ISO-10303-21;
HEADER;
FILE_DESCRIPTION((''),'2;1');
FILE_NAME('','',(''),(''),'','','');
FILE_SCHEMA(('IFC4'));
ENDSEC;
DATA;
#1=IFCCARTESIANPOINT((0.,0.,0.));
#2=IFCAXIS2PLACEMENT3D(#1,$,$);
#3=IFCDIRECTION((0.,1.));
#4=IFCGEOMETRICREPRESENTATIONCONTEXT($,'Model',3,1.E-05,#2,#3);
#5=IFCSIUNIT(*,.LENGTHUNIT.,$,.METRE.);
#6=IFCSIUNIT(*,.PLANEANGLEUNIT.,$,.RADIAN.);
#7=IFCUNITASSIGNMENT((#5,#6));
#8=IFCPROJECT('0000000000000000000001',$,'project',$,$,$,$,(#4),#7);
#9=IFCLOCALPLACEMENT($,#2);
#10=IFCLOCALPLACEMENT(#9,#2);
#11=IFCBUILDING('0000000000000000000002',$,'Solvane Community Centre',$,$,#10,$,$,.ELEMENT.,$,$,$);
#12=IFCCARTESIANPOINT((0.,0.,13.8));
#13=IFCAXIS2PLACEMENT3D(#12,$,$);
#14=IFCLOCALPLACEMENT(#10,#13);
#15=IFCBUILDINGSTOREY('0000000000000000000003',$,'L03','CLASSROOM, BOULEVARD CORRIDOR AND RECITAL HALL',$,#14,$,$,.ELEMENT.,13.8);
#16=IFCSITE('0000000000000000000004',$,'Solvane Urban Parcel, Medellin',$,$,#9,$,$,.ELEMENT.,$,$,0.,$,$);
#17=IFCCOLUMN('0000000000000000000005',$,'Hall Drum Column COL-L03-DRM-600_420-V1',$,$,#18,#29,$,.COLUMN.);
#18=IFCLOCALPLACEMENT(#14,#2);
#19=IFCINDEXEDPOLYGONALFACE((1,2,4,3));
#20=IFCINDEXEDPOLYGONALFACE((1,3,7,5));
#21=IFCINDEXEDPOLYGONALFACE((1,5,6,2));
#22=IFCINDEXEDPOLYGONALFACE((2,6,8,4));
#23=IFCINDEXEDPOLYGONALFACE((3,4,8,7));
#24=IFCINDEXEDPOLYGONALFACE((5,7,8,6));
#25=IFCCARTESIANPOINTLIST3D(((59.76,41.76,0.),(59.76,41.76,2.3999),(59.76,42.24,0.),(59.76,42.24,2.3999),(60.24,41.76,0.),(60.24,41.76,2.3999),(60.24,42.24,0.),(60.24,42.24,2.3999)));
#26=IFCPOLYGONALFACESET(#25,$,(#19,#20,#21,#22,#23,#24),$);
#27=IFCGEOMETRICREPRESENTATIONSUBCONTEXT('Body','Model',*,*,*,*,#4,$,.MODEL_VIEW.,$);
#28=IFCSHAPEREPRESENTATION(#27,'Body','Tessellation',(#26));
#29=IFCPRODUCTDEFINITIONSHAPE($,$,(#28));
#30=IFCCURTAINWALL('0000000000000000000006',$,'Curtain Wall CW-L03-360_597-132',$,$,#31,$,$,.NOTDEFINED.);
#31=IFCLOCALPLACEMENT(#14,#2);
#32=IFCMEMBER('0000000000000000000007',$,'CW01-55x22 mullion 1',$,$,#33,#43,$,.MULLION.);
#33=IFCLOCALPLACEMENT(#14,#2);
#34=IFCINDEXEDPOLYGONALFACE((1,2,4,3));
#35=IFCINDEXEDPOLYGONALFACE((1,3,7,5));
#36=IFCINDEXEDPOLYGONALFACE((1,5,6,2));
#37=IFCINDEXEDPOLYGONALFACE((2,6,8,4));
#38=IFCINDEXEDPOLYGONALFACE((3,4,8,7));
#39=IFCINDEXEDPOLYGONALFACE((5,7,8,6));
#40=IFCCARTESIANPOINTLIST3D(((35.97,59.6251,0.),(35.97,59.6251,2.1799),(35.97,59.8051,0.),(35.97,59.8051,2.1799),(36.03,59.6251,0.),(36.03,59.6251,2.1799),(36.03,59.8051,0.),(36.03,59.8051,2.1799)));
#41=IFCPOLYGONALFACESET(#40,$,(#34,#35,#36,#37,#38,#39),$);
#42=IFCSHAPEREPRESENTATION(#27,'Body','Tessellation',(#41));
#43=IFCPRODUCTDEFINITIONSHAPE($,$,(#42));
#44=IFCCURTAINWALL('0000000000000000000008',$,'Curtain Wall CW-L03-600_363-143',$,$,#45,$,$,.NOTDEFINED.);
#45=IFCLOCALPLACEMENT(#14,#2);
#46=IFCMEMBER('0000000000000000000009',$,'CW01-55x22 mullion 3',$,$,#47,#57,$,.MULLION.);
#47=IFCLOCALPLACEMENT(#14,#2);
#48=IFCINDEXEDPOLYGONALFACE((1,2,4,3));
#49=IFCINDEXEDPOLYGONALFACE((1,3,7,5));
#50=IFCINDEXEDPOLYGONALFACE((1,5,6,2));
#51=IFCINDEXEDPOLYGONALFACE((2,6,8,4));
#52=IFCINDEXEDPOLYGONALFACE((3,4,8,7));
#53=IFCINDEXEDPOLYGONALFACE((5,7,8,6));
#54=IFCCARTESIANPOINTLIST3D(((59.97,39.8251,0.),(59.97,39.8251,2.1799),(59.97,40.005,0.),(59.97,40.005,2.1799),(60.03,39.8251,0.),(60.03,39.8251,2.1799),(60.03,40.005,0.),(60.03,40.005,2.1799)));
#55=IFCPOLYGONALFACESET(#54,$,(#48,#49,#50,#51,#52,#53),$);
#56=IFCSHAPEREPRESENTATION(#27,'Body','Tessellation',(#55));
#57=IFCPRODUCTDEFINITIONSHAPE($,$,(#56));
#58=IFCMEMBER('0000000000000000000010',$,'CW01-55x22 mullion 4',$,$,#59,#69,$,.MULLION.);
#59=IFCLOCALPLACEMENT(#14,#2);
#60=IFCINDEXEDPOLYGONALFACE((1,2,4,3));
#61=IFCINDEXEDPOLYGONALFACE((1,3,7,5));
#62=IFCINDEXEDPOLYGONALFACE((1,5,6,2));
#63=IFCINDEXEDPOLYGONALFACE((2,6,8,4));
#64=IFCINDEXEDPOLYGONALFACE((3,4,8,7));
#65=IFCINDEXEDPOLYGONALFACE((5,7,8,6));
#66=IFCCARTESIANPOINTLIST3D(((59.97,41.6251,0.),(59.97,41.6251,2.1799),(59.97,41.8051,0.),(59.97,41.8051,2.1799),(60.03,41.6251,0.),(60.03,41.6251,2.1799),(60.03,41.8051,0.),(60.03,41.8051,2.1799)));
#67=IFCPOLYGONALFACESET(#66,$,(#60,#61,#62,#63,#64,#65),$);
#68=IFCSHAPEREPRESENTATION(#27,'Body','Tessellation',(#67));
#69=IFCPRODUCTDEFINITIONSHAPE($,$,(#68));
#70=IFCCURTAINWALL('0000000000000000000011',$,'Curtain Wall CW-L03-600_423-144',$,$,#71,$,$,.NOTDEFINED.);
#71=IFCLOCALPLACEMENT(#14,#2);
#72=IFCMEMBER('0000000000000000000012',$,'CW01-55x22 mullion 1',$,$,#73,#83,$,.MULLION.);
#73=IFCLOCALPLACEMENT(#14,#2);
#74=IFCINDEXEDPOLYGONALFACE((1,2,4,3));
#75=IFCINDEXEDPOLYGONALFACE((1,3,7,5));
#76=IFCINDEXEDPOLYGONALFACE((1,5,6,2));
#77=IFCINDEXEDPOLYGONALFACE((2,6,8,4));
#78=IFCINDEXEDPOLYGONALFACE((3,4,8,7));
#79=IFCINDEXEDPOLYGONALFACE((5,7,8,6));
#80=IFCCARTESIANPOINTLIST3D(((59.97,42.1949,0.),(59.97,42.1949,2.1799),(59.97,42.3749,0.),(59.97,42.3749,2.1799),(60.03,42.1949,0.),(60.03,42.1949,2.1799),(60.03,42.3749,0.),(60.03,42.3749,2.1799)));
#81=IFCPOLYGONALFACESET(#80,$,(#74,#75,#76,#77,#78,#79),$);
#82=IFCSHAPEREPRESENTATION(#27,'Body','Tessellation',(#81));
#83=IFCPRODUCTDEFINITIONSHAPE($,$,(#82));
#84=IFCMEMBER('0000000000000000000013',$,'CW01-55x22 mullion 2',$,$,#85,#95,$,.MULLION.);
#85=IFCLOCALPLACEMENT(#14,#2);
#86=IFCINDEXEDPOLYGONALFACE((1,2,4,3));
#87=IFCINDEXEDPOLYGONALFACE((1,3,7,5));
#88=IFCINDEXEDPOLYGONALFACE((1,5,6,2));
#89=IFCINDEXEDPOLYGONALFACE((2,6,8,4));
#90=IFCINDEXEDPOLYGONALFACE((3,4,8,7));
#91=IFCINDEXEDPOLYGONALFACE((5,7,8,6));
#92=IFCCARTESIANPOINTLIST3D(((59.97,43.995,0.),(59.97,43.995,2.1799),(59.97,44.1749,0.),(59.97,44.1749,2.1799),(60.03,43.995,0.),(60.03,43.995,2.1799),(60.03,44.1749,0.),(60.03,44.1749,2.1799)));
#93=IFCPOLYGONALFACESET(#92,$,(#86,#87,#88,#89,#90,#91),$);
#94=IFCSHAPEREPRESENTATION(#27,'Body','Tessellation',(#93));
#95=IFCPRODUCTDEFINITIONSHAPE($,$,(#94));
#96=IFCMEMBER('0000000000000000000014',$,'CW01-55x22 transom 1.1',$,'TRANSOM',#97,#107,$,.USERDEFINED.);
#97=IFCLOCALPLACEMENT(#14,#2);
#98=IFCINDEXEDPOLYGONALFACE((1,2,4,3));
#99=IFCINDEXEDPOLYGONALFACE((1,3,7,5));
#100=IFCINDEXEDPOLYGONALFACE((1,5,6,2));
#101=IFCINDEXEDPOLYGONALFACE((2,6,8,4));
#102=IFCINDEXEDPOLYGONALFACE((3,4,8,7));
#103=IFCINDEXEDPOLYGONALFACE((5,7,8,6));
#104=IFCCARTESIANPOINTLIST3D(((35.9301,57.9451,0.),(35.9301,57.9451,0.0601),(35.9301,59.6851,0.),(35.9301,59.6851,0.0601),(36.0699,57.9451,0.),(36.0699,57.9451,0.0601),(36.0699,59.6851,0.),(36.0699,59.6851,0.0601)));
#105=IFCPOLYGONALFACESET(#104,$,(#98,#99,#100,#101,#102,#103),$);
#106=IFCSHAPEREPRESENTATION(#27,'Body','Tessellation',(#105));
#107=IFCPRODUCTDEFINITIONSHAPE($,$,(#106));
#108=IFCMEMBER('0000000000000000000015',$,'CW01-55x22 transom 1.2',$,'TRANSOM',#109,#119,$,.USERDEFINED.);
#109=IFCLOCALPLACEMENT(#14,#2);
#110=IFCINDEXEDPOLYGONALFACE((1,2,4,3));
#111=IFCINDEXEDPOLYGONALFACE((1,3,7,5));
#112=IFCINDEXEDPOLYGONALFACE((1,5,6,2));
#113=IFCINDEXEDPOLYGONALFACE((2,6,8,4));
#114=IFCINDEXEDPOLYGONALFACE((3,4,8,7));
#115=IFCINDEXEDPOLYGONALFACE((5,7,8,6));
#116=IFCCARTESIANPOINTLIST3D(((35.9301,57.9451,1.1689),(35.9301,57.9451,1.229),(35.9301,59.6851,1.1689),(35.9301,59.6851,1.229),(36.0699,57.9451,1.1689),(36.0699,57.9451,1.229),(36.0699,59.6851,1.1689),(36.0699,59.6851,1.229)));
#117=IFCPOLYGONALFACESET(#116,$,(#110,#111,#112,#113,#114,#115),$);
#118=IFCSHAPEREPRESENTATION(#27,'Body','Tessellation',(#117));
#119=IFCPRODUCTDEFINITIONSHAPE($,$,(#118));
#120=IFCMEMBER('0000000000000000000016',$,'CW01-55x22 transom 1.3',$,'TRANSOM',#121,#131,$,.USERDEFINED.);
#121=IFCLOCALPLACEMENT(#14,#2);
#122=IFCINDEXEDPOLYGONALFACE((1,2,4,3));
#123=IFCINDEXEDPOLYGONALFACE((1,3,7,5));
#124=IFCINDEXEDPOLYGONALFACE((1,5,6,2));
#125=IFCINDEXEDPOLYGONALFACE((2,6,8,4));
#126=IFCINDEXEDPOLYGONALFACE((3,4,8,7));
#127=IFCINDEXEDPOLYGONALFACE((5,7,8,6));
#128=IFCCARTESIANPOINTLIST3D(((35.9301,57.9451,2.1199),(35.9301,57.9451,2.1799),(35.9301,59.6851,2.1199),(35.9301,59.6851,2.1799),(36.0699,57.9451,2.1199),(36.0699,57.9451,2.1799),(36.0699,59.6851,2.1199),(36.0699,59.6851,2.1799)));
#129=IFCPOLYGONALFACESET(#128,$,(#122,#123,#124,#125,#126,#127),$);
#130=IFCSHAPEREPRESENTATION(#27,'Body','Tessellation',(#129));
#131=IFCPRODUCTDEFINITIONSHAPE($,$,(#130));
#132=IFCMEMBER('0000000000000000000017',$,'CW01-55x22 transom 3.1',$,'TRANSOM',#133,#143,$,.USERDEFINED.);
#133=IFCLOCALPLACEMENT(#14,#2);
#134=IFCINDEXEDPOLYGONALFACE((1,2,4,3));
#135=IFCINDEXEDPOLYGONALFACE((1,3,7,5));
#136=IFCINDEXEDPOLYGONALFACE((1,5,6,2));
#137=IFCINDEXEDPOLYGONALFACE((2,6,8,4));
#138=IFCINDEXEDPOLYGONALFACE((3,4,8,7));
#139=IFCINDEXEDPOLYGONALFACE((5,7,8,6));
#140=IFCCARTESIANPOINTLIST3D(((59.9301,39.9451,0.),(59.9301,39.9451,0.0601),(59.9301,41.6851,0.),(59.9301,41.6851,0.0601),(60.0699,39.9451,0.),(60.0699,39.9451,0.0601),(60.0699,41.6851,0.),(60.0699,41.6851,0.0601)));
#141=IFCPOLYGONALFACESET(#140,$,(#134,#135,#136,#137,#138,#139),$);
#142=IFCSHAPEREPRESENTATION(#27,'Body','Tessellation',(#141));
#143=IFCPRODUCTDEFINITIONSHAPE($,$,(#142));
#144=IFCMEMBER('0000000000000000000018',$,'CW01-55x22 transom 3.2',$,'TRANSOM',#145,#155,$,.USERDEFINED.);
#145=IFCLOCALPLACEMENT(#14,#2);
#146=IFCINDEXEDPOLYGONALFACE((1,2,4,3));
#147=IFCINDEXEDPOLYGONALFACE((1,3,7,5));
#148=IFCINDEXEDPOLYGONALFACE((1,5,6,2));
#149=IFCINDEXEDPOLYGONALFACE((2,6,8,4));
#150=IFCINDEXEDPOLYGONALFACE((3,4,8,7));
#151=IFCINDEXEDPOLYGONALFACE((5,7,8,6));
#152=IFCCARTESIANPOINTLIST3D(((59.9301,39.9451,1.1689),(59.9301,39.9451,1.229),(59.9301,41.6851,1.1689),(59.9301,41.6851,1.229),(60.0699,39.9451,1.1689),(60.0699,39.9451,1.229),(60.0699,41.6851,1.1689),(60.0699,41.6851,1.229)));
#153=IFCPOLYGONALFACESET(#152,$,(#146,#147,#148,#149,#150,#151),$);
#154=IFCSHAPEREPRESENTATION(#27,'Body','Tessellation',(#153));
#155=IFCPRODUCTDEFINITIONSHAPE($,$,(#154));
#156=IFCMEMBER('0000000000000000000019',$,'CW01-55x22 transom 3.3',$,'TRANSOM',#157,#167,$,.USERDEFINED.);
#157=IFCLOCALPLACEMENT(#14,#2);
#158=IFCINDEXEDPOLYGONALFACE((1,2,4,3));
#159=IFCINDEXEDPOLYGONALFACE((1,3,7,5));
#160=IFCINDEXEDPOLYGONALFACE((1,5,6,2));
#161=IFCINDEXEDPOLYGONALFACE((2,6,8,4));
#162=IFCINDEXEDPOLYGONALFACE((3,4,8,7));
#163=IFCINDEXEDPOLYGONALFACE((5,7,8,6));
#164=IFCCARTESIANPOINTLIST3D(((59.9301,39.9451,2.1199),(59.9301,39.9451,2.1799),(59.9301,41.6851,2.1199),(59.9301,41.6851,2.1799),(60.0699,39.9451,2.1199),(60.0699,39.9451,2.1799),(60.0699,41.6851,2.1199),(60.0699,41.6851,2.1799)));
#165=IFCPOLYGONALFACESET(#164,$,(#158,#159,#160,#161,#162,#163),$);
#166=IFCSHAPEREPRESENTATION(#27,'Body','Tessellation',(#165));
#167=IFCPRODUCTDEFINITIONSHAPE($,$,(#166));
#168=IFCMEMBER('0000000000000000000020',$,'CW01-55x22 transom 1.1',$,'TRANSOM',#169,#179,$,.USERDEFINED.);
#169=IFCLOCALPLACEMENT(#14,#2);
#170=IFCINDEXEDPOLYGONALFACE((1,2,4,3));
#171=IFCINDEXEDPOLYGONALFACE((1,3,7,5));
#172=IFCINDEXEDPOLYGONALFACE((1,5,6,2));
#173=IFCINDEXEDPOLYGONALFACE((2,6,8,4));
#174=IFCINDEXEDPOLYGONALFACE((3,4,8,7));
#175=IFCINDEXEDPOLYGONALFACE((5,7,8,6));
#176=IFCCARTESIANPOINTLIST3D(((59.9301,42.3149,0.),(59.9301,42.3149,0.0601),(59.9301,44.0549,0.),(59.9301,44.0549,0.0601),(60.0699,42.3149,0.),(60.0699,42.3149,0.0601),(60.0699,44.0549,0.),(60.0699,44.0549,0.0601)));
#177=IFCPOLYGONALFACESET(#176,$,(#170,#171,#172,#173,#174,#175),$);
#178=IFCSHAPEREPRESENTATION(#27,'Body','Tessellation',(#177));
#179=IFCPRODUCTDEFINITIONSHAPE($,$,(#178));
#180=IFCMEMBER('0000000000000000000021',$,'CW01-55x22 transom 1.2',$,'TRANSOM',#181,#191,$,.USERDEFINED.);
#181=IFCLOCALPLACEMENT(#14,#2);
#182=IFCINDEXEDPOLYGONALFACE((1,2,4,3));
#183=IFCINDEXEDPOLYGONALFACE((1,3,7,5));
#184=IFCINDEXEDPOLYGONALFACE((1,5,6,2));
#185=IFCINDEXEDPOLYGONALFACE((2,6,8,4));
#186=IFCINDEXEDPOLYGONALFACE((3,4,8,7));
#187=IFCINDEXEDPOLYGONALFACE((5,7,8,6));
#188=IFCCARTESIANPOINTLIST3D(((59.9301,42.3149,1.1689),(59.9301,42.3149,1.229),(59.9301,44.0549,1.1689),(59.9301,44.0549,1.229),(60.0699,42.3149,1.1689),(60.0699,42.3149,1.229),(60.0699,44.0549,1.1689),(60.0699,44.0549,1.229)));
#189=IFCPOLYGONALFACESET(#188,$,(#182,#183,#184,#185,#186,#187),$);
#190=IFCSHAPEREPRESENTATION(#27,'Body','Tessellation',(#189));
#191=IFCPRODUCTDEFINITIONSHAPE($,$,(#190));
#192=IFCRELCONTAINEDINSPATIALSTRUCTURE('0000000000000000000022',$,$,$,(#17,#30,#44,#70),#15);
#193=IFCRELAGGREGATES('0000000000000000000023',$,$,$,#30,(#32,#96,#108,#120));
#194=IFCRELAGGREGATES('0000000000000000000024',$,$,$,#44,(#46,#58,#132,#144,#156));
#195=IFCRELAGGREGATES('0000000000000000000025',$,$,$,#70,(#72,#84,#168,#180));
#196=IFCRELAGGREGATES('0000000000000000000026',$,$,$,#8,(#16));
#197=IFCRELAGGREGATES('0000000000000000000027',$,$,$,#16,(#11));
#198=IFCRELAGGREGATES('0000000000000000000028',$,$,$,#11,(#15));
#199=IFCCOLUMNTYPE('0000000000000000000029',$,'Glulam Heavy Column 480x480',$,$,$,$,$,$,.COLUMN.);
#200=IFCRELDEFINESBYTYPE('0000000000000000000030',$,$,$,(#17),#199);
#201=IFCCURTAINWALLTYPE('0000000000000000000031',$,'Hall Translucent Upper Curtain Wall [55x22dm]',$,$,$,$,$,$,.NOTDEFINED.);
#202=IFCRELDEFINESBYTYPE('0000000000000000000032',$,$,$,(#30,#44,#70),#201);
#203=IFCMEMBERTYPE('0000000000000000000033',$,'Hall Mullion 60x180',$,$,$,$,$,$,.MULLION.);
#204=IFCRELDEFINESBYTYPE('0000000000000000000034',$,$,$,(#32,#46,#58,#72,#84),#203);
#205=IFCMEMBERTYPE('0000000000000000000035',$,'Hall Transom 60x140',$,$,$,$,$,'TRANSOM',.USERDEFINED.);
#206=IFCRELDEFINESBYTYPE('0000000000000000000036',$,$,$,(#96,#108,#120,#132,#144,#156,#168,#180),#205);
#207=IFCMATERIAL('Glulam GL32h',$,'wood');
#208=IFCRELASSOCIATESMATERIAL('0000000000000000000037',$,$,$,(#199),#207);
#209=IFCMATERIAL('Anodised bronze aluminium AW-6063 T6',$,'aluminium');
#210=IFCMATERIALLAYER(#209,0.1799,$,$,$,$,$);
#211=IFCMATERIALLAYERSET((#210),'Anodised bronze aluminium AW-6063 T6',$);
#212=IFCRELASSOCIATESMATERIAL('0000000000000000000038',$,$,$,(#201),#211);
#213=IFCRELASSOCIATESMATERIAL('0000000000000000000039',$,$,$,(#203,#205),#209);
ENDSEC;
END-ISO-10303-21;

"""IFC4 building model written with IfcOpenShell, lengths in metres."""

from ifc_helpers import new_model, si_unit, direction, frame, origin, origin_2d, place, context, subcontext, project, spatial, rectangle, extrude, material, layer, layer_set, material_profile, profile_set, type_object, element, aggregate, save


model = new_model("IFC4")

# Units and contexts
model_context = context("Model", 3, precision=1e-05, world=origin(), true_north=direction((0.0, 1.0)))
body_context = subcontext(model_context, "Body", "Model", "MODEL_VIEW")
ifc_project = project(units=[si_unit("LENGTHUNIT", "METRE"), si_unit("PLANEANGLEUNIT", "RADIAN")], contexts=[model_context])

# Site, building, storey
site_placement = place(None, origin())
site = spatial("IfcSite", under=ifc_project, at=site_placement, Name="Solvane Urban Parcel, Medellin", CompositionType="ELEMENT", RefElevation=0.0)
building_placement = place(site_placement, origin())
building = spatial("IfcBuilding", under=site, at=building_placement, Name="Solvane Community Centre", CompositionType="ELEMENT")
storey_placement = place(building_placement, frame((0.0, 0.0, 13.8)))
storey = spatial("IfcBuildingStorey", under=building, at=storey_placement, Name="L03", Description="CLASSROOM, BOULEVARD CORRIDOR AND RECITAL HALL", CompositionType="ELEMENT", Elevation=13.8)

# Column
ifc_material_1 = material(Name="Glulam GL32h", Category="wood")
ifc_material_profile_1 = material_profile(ifc_material_1, rectangle(XDim=0.48, YDim=0.48, at=origin_2d()), Name="GL32h 480x480")
ifc_profile_set_1 = profile_set([ifc_material_profile_1], Name="Glulam GL32h")
column_type = type_object("IfcColumnType", Name="Glulam Heavy Column 480x480", PredefinedType="COLUMN", material=ifc_profile_set_1)
column_placement = place(storey_placement, frame((60.0, 42.0, 0.0), z_axis=(0.0, 0.0, 1.0), x_axis=(1.0, 0.0, 0.0)))
element("IfcColumn", 1, at=column_placement, inside=storey, type_object=column_type, Name="Hall Drum Column COL-L03-DRM-600_420-V1", PredefinedType="COLUMN", context=body_context, shape_type="SweptSolid", body=[
    extrude(rectangle(XDim=0.48, YDim=0.48, at=origin_2d()), origin(), (0.0, 0.0, 1.0), 2.3999),
])

# Curtain wall, member
ifc_material_2 = material(Name="Anodised bronze aluminium AW-6063 T6", Category="aluminium")
ifc_layer_1 = layer(ifc_material_2, 0.1799)
ifc_layer_set_1 = layer_set([ifc_layer_1], Name="Anodised bronze aluminium AW-6063 T6")
curtain_wall_type = type_object("IfcCurtainWallType", Name="Hall Translucent Upper Curtain Wall [55x22dm]", PredefinedType="NOTDEFINED", material=ifc_layer_set_1)
curtain_wall_1_placement = place(storey_placement, origin())
curtain_wall_1 = element("IfcCurtainWall", 2, at=curtain_wall_1_placement, inside=storey, type_object=curtain_wall_type, Name="Curtain Wall CW-L03-360_597-132", PredefinedType="NOTDEFINED")
ifc_material_profile_2 = material_profile(ifc_material_2, rectangle(XDim=0.0601, YDim=0.1799, at=origin_2d()), Name="CW-M 60x180")
ifc_profile_set_2 = profile_set([ifc_material_profile_2], Name="Anodised bronze aluminium AW-6063 T6")
member_type_1 = type_object("IfcMemberType", Name="Hall Mullion 60x180", PredefinedType="MULLION", material=ifc_profile_set_2)
member_1_placement = place(storey_placement, frame((36.0, 59.7151, 0.0), z_axis=(0.0, 0.0, 1.0), x_axis=(1.0, 0.0, 0.0)))
member_1 = element("IfcMember", 3, at=member_1_placement, type_object=member_type_1, Name="CW01-55x22 mullion 1", PredefinedType="MULLION", context=body_context, shape_type="SweptSolid", body=[
    extrude(rectangle(XDim=0.0601, YDim=0.1799, at=origin_2d()), origin(), (0.0, 0.0, 1.0), 2.1799),
])

# Curtain walls, members
curtain_wall_2_placement = place(storey_placement, origin())
curtain_wall_2 = element("IfcCurtainWall", 4, at=curtain_wall_2_placement, inside=storey, type_object=curtain_wall_type, Name="Curtain Wall CW-L03-600_363-143", PredefinedType="NOTDEFINED")
member_2_placement = place(storey_placement, frame((60.0, 39.915, 0.0), z_axis=(0.0, 0.0, 1.0), x_axis=(-1.0, 0.0, 0.0)))
member_2 = element("IfcMember", 5, at=member_2_placement, type_object=member_type_1, Name="CW01-55x22 mullion 3", PredefinedType="MULLION", context=body_context, shape_type="SweptSolid", body=[
    extrude(rectangle(XDim=0.0601, YDim=0.1799, at=origin_2d()), origin(), (0.0, 0.0, 1.0), 2.1799),
])
member_3_placement = place(storey_placement, frame((60.0, 41.7151, 0.0), z_axis=(0.0, 0.0, 1.0), x_axis=(-1.0, 0.0, 0.0)))
member_3 = element("IfcMember", 6, at=member_3_placement, type_object=member_type_1, Name="CW01-55x22 mullion 4", PredefinedType="MULLION", context=body_context, shape_type="SweptSolid", body=[
    extrude(rectangle(XDim=0.0601, YDim=0.1799, at=origin_2d()), origin(), (0.0, 0.0, 1.0), 2.1799),
])
curtain_wall_3_placement = place(storey_placement, origin())
curtain_wall_3 = element("IfcCurtainWall", 7, at=curtain_wall_3_placement, inside=storey, type_object=curtain_wall_type, Name="Curtain Wall CW-L03-600_423-144", PredefinedType="NOTDEFINED")
member_4_placement = place(storey_placement, frame((60.0, 42.2849, 0.0), z_axis=(0.0, 0.0, 1.0), x_axis=(-1.0, 0.0, 0.0)))
member_4 = element("IfcMember", 8, at=member_4_placement, type_object=member_type_1, Name="CW01-55x22 mullion 1", PredefinedType="MULLION", context=body_context, shape_type="SweptSolid", body=[
    extrude(rectangle(XDim=0.0601, YDim=0.1799, at=origin_2d()), origin(), (0.0, 0.0, 1.0), 2.1799),
])
member_5_placement = place(storey_placement, frame((60.0, 44.085, 0.0), z_axis=(0.0, 0.0, 1.0), x_axis=(-1.0, 0.0, 0.0)))
member_5 = element("IfcMember", 9, at=member_5_placement, type_object=member_type_1, Name="CW01-55x22 mullion 2", PredefinedType="MULLION", context=body_context, shape_type="SweptSolid", body=[
    extrude(rectangle(XDim=0.0601, YDim=0.1799, at=origin_2d()), origin(), (0.0, 0.0, 1.0), 2.1799),
])

# Members
ifc_material_profile_3 = material_profile(ifc_material_2, rectangle(XDim=0.1399, YDim=0.0601, at=origin_2d()), Name="CW-T 60x140")
ifc_profile_set_3 = profile_set([ifc_material_profile_3], Name="Anodised bronze aluminium AW-6063 T6")
member_type_2 = type_object("IfcMemberType", Name="Hall Transom 60x140", ElementType="TRANSOM", PredefinedType="USERDEFINED", material=ifc_profile_set_3)
member_6_placement = place(storey_placement, frame((36.0, 59.6851, 0.03), z_axis=(0.0, -1.0, 0.0), x_axis=(1.0, 0.0, 0.0)))
member_6 = element("IfcMember", 10, at=member_6_placement, type_object=member_type_2, Name="CW01-55x22 transom 1.1", ObjectType="TRANSOM", PredefinedType="USERDEFINED", context=body_context, shape_type="SweptSolid", body=[
    extrude(rectangle(XDim=0.1399, YDim=0.0601, at=origin_2d()), origin(), (0.0, 0.0, 1.0), 1.74),
])
member_7_placement = place(storey_placement, frame((36.0, 59.6851, 1.199), z_axis=(0.0, -1.0, 0.0), x_axis=(1.0, 0.0, 0.0)))
member_7 = element("IfcMember", 11, at=member_7_placement, type_object=member_type_2, Name="CW01-55x22 transom 1.2", ObjectType="TRANSOM", PredefinedType="USERDEFINED", context=body_context, shape_type="SweptSolid", body=[
    extrude(rectangle(XDim=0.1399, YDim=0.0601, at=origin_2d()), origin(), (0.0, 0.0, 1.0), 1.74),
])
member_8_placement = place(storey_placement, frame((36.0, 59.6851, 2.1499), z_axis=(0.0, -1.0, 0.0), x_axis=(1.0, 0.0, 0.0)))
member_8 = element("IfcMember", 12, at=member_8_placement, type_object=member_type_2, Name="CW01-55x22 transom 1.3", ObjectType="TRANSOM", PredefinedType="USERDEFINED", context=body_context, shape_type="SweptSolid", body=[
    extrude(rectangle(XDim=0.1399, YDim=0.0601, at=origin_2d()), origin(), (0.0, 0.0, 1.0), 1.74),
])
member_9_placement = place(storey_placement, frame((60.0, 39.9451, 0.03), z_axis=(0.0, 1.0, 0.0), x_axis=(-1.0, 0.0, 0.0)))
member_9 = element("IfcMember", 13, at=member_9_placement, type_object=member_type_2, Name="CW01-55x22 transom 3.1", ObjectType="TRANSOM", PredefinedType="USERDEFINED", context=body_context, shape_type="SweptSolid", body=[
    extrude(rectangle(XDim=0.1399, YDim=0.0601, at=origin_2d()), origin(), (0.0, 0.0, 1.0), 1.74),
])
member_10_placement = place(storey_placement, frame((60.0, 39.9451, 1.199), z_axis=(0.0, 1.0, 0.0), x_axis=(-1.0, 0.0, 0.0)))
member_10 = element("IfcMember", 14, at=member_10_placement, type_object=member_type_2, Name="CW01-55x22 transom 3.2", ObjectType="TRANSOM", PredefinedType="USERDEFINED", context=body_context, shape_type="SweptSolid", body=[
    extrude(rectangle(XDim=0.1399, YDim=0.0601, at=origin_2d()), origin(), (0.0, 0.0, 1.0), 1.74),
])
member_11_placement = place(storey_placement, frame((60.0, 39.9451, 2.1499), z_axis=(0.0, 1.0, 0.0), x_axis=(-1.0, 0.0, 0.0)))
member_11 = element("IfcMember", 15, at=member_11_placement, type_object=member_type_2, Name="CW01-55x22 transom 3.3", ObjectType="TRANSOM", PredefinedType="USERDEFINED", context=body_context, shape_type="SweptSolid", body=[
    extrude(rectangle(XDim=0.1399, YDim=0.0601, at=origin_2d()), origin(), (0.0, 0.0, 1.0), 1.74),
])
member_12_placement = place(storey_placement, frame((60.0, 42.3149, 0.03), z_axis=(0.0, 1.0, 0.0), x_axis=(-1.0, 0.0, 0.0)))
member_12 = element("IfcMember", 16, at=member_12_placement, type_object=member_type_2, Name="CW01-55x22 transom 1.1", ObjectType="TRANSOM", PredefinedType="USERDEFINED", context=body_context, shape_type="SweptSolid", body=[
    extrude(rectangle(XDim=0.1399, YDim=0.0601, at=origin_2d()), origin(), (0.0, 0.0, 1.0), 1.74),
])
member_13_placement = place(storey_placement, frame((60.0, 42.3149, 1.199), z_axis=(0.0, 1.0, 0.0), x_axis=(-1.0, 0.0, 0.0)))
member_13 = element("IfcMember", 17, at=member_13_placement, type_object=member_type_2, Name="CW01-55x22 transom 1.2", ObjectType="TRANSOM", PredefinedType="USERDEFINED", context=body_context, shape_type="SweptSolid", body=[
    extrude(rectangle(XDim=0.1399, YDim=0.0601, at=origin_2d()), origin(), (0.0, 0.0, 1.0), 1.74),
])

aggregate(curtain_wall_1, [member_1, member_6, member_7, member_8])
aggregate(curtain_wall_2, [member_2, member_3, member_9, member_10, member_11])
aggregate(curtain_wall_3, [member_4, member_5, member_12, member_13])

save(model, "model.ifc")
